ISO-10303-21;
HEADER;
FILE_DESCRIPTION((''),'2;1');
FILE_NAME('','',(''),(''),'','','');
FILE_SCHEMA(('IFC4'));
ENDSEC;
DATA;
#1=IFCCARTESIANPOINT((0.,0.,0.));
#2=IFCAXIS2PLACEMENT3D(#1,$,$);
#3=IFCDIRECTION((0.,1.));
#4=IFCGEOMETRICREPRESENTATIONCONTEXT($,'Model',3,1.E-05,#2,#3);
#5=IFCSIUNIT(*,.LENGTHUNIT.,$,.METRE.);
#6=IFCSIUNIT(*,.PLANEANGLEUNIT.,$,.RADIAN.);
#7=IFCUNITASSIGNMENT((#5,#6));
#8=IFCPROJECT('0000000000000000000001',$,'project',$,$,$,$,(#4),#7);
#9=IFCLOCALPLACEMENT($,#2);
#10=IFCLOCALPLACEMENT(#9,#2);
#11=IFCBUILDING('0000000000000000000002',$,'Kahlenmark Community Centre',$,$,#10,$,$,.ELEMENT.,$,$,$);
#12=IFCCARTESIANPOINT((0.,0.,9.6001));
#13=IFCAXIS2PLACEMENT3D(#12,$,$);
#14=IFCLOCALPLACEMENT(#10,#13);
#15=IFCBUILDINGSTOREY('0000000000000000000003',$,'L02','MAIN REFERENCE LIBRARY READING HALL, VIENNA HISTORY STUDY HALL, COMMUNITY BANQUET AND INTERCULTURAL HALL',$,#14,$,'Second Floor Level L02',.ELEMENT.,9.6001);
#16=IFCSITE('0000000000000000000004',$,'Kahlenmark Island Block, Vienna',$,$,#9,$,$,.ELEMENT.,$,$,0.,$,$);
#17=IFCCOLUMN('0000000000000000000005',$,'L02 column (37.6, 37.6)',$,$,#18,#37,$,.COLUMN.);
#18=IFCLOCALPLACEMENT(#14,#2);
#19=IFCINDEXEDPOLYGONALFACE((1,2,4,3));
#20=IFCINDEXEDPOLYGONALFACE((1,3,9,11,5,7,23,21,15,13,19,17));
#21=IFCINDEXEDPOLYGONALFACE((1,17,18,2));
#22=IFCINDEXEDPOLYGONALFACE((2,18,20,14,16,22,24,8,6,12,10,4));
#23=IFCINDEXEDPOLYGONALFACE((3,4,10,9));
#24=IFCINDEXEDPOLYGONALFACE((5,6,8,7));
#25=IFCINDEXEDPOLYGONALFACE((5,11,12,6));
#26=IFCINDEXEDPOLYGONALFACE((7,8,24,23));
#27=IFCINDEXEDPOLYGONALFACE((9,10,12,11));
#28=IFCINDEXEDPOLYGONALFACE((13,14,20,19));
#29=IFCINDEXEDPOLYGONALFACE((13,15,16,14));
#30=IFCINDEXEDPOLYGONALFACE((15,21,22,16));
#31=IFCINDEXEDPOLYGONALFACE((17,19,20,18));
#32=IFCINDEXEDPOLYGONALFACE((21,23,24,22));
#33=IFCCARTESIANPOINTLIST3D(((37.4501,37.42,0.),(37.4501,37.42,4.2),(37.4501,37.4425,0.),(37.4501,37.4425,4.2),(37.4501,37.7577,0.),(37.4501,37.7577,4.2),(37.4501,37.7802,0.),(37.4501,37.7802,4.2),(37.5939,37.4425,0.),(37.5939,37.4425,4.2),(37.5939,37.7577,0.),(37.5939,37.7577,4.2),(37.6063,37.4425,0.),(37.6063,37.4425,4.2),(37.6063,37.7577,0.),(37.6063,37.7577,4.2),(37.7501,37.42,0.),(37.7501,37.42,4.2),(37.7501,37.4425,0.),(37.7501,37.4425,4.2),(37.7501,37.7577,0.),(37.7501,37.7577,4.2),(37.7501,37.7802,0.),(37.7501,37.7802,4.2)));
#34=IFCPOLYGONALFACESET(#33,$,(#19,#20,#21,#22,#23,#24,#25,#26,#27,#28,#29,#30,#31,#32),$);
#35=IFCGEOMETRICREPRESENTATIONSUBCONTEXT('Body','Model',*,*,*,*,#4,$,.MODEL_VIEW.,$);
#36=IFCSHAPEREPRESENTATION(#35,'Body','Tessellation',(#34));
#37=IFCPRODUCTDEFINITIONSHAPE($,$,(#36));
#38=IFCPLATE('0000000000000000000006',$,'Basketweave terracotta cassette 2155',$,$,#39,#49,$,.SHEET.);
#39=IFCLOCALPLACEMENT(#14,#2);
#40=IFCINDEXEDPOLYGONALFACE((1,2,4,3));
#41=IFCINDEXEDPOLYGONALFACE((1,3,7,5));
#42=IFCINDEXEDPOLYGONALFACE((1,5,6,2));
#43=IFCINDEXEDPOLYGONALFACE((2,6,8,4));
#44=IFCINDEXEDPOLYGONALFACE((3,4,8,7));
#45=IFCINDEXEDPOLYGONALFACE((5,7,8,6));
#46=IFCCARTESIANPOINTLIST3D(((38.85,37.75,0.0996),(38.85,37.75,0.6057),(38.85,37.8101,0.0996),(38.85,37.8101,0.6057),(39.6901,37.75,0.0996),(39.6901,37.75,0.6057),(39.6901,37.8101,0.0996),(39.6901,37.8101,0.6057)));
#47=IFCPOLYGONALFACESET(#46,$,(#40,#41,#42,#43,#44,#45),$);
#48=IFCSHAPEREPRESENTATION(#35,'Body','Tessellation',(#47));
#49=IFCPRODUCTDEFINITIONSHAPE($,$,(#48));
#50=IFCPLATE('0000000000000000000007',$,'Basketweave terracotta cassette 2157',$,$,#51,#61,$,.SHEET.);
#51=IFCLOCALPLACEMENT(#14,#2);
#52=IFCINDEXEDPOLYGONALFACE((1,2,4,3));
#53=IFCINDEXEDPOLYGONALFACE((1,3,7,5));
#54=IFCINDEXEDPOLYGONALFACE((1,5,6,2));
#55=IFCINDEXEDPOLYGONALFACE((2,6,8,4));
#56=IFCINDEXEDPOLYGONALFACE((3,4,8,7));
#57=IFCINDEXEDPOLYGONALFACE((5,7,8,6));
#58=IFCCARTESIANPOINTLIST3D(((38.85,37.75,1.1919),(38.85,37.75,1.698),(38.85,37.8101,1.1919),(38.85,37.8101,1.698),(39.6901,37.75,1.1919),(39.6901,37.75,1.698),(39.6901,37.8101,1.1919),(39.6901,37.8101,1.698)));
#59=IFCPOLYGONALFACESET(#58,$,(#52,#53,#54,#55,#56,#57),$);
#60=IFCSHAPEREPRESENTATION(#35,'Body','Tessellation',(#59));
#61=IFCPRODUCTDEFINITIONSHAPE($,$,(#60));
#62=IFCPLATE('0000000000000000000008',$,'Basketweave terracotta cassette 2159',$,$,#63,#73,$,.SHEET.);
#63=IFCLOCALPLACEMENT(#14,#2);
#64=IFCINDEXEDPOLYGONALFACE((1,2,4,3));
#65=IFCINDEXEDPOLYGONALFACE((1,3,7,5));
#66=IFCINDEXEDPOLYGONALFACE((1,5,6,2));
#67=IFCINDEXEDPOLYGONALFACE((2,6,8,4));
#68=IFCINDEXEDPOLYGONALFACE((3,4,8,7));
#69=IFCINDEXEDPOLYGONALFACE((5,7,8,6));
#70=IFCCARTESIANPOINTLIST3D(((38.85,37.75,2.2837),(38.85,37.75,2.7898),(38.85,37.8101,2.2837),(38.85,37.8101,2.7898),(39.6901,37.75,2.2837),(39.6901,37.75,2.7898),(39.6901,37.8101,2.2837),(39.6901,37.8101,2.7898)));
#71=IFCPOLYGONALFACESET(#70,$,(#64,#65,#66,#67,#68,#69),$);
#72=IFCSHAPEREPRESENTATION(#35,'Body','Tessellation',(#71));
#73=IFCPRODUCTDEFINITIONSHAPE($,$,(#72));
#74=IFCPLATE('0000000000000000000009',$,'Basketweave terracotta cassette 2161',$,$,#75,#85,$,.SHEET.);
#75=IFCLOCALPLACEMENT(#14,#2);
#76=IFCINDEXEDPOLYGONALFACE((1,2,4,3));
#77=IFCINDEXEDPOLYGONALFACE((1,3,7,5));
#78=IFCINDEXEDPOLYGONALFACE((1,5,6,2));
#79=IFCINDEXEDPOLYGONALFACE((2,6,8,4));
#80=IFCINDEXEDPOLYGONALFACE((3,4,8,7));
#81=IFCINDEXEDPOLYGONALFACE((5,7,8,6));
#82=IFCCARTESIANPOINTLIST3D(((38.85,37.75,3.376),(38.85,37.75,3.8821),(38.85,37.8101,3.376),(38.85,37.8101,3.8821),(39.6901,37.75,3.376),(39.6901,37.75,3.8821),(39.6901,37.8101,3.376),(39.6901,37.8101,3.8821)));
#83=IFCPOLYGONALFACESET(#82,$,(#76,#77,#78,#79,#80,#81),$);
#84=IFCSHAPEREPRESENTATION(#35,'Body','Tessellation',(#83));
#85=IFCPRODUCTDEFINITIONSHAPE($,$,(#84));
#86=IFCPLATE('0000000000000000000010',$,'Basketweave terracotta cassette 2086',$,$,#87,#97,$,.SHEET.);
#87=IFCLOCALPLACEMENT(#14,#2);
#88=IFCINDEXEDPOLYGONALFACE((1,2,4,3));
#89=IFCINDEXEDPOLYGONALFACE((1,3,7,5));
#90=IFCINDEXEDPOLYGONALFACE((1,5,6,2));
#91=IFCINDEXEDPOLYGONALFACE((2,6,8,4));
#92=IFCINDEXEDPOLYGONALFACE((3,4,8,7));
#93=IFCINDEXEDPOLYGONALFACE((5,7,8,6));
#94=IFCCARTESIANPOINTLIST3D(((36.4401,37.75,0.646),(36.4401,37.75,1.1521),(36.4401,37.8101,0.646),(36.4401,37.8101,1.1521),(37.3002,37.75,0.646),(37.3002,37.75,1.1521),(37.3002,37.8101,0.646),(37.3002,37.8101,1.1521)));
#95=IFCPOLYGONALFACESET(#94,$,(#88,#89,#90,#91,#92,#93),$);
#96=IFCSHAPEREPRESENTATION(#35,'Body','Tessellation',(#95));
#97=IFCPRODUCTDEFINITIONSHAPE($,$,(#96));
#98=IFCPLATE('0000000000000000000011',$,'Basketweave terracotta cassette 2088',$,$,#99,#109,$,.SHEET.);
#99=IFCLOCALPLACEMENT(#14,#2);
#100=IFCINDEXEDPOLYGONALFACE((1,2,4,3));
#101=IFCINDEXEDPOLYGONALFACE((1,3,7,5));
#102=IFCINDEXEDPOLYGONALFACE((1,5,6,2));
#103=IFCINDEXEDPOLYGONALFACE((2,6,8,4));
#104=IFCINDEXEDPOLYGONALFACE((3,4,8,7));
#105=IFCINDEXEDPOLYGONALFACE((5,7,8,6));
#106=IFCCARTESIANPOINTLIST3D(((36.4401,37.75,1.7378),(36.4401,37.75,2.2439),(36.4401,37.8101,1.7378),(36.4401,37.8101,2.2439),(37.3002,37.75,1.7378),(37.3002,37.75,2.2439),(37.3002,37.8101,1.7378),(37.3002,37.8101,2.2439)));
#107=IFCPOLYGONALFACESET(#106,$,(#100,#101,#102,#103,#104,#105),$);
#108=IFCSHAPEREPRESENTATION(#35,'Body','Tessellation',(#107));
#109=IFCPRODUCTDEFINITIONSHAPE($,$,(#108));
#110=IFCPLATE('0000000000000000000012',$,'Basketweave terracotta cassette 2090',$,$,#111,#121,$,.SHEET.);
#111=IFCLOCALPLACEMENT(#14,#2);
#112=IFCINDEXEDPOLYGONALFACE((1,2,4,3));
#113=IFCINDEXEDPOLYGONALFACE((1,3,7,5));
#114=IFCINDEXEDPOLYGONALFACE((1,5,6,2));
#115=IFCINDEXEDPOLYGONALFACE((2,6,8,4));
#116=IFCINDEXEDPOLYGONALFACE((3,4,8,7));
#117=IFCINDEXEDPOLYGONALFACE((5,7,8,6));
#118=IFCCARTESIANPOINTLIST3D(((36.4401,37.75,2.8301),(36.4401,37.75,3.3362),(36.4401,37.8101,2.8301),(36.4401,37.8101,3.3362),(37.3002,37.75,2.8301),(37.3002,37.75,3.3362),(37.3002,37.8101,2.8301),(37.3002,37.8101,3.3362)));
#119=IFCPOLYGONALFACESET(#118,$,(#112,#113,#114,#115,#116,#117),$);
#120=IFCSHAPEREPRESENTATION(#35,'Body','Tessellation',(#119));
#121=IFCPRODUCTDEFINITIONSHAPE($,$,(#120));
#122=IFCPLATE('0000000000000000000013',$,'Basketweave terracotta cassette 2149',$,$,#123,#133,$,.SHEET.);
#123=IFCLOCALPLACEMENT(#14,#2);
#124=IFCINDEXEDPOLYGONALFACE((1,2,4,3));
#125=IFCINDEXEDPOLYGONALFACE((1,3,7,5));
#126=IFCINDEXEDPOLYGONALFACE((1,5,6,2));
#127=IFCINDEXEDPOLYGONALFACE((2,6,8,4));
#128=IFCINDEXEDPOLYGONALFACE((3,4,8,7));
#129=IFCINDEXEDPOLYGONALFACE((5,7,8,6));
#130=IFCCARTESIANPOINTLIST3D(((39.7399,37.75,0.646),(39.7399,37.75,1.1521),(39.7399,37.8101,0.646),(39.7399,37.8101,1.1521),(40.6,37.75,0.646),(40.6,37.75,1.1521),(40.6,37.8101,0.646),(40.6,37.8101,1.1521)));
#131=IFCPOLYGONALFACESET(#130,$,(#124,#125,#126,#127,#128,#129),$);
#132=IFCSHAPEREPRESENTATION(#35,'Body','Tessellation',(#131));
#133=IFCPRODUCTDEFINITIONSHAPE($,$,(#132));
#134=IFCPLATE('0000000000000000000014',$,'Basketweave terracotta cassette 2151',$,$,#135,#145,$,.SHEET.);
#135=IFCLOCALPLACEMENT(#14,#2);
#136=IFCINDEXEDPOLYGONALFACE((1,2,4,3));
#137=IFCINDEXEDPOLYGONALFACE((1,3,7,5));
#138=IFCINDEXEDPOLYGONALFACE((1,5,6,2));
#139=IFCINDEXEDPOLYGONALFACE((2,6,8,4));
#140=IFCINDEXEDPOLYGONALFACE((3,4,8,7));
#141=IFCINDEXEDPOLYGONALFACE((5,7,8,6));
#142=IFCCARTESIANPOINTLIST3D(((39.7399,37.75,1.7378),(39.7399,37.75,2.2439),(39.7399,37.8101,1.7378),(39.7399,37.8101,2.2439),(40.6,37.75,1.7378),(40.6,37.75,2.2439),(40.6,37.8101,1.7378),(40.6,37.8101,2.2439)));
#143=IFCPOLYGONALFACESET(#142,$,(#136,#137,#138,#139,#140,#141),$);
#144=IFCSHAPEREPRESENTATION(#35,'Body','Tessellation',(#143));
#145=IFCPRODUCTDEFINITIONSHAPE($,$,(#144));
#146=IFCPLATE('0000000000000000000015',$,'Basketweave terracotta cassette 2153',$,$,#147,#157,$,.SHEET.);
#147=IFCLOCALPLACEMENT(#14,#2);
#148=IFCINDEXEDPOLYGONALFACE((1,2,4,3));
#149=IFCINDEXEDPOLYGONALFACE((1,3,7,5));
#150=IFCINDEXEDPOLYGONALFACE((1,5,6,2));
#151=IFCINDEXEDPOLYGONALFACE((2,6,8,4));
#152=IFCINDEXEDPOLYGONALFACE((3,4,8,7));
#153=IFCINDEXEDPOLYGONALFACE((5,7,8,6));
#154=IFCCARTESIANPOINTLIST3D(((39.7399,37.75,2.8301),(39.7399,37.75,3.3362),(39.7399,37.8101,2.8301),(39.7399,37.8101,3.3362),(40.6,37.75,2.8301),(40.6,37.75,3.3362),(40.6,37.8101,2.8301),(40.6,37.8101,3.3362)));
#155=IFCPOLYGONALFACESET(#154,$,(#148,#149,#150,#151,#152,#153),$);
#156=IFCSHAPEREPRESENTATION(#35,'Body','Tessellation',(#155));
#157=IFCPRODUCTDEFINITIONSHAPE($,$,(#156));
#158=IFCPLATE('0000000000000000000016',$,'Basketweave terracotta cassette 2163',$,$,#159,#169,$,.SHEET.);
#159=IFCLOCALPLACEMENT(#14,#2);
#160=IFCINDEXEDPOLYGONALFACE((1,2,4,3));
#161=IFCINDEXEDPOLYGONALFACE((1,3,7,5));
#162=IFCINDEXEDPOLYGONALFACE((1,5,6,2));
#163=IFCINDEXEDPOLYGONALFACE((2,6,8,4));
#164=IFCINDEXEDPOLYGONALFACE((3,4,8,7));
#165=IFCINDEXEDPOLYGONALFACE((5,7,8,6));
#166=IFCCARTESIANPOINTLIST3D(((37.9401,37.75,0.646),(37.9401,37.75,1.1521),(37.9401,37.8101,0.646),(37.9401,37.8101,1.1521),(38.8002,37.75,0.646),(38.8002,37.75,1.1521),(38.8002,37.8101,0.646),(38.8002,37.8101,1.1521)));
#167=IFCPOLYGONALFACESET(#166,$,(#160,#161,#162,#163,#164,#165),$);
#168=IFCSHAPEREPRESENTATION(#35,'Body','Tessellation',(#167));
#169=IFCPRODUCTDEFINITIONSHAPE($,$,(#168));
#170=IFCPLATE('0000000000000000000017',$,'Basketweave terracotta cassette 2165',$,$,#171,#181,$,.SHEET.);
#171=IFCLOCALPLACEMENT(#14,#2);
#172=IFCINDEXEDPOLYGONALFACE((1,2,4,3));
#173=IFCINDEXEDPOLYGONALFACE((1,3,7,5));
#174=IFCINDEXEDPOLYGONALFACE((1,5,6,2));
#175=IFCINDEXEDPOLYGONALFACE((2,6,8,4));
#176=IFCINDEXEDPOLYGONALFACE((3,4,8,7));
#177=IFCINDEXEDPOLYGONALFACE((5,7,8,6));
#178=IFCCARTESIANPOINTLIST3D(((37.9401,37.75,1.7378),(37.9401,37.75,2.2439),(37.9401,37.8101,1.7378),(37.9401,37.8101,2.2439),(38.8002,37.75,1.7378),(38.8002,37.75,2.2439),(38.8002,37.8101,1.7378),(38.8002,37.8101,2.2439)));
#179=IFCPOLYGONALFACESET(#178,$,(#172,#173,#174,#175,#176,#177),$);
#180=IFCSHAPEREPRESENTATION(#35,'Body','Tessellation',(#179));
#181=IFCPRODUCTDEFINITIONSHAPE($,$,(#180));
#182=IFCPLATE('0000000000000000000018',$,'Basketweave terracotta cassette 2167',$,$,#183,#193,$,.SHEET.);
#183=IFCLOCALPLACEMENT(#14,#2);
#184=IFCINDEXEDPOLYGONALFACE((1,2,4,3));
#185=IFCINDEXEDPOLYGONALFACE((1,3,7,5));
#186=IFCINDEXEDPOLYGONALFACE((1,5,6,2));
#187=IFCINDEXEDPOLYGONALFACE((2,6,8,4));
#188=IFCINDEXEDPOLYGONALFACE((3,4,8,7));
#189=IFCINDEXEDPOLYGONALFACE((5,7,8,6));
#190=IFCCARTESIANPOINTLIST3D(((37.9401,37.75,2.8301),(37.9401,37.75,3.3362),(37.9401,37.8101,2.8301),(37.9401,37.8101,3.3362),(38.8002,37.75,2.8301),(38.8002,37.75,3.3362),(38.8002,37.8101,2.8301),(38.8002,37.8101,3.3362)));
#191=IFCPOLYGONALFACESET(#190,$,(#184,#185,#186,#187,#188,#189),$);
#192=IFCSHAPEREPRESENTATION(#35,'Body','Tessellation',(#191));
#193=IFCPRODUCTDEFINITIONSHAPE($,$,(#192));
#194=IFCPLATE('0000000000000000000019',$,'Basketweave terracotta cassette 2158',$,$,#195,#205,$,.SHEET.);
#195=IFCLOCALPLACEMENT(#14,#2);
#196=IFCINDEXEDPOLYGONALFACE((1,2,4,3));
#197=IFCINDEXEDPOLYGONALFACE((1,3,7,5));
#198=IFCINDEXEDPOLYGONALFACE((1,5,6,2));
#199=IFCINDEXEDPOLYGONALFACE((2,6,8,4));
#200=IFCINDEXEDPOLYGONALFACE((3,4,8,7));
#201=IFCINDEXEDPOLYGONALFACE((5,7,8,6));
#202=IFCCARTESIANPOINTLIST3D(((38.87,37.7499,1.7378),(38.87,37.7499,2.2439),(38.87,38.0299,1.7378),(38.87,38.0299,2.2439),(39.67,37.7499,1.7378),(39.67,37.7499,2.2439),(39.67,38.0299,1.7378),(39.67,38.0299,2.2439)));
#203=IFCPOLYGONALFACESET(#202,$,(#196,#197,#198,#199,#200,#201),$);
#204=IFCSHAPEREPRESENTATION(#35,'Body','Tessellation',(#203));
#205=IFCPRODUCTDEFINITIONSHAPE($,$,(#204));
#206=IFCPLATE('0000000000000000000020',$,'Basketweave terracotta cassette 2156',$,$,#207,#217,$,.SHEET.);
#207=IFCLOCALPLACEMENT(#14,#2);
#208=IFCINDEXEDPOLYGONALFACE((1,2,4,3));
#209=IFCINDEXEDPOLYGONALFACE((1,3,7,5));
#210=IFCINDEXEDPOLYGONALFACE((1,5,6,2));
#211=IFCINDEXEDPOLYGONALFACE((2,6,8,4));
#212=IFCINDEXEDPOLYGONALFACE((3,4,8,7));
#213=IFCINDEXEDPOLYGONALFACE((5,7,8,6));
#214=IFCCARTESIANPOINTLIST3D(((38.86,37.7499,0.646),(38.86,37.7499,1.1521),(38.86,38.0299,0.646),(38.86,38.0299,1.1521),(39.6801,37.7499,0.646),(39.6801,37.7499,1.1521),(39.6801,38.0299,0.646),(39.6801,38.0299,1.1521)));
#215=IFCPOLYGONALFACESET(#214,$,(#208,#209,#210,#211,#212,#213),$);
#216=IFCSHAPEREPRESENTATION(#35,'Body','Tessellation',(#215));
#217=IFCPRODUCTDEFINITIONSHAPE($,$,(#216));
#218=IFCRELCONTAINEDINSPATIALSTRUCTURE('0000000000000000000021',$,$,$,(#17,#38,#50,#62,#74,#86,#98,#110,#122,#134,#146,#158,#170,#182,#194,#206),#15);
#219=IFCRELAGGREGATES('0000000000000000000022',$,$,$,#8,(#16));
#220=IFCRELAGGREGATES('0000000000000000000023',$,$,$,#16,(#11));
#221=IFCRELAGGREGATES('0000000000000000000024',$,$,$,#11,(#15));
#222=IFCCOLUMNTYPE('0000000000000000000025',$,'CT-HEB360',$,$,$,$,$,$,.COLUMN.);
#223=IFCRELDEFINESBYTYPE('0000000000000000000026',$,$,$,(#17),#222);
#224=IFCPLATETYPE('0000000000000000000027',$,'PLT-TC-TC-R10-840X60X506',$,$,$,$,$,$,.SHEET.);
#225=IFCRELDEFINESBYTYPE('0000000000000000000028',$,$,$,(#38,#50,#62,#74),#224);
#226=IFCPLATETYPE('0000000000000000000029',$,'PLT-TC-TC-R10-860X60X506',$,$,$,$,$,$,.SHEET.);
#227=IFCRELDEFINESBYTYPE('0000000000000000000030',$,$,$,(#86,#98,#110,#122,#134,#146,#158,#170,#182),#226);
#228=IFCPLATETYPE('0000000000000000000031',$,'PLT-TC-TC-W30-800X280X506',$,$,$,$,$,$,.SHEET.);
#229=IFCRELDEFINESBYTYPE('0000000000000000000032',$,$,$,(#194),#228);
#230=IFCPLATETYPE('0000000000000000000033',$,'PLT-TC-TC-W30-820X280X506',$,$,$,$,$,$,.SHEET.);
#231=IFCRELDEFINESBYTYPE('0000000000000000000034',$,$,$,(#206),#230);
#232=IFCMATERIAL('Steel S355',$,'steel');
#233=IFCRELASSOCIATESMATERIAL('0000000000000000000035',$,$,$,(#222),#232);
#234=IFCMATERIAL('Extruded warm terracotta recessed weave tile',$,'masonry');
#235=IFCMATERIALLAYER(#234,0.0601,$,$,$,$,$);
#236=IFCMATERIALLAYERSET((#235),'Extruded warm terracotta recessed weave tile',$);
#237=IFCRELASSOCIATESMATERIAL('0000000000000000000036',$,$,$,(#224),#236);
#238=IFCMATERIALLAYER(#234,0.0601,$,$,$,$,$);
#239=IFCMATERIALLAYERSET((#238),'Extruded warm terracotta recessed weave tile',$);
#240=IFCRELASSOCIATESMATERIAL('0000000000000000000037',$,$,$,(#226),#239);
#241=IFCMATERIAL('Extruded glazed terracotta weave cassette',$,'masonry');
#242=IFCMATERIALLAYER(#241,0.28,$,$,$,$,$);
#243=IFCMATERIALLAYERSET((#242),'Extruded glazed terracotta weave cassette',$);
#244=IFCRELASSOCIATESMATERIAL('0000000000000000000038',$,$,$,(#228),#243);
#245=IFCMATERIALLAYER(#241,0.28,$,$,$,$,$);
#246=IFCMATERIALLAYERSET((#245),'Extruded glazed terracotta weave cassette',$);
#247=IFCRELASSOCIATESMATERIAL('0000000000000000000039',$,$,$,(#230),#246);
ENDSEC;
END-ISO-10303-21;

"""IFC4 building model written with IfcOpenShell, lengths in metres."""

from ifc_helpers import new_model, si_unit, direction, frame, origin, origin_2d, place, context, subcontext, project, spatial, rectangle, i_section, extrude, material, layer, layer_set, material_profile, profile_set, type_object, element, save


model = new_model("IFC4")

# Units and contexts
model_context = context("Model", 3, precision=1e-05, world=origin(), true_north=direction((0.0, 1.0)))
body_context = subcontext(model_context, "Body", "Model", "MODEL_VIEW")
ifc_project = project(units=[si_unit("LENGTHUNIT", "METRE"), si_unit("PLANEANGLEUNIT", "RADIAN")], contexts=[model_context])

# Site, building, storey
site_placement = place(None, origin())
site = spatial("IfcSite", under=ifc_project, at=site_placement, Name="Kahlenmark Island Block, Vienna", CompositionType="ELEMENT", RefElevation=0.0)
building_placement = place(site_placement, origin())
building = spatial("IfcBuilding", under=site, at=building_placement, Name="Kahlenmark Community Centre", CompositionType="ELEMENT")
storey_placement = place(building_placement, frame((0.0, 0.0, 9.6001)))
storey = spatial("IfcBuildingStorey", under=building, at=storey_placement, Name="L02", Description="MAIN REFERENCE LIBRARY READING HALL, VIENNA HISTORY STUDY HALL, COMMUNITY BANQUET AND INTERCULTURAL HALL", LongName="Second Floor Level L02", CompositionType="ELEMENT", Elevation=9.6001)

# Column
ifc_material_1 = material(Name="Steel S355", Category="steel")
ifc_material_profile = material_profile(ifc_material_1, i_section(OverallWidth=0.3, OverallDepth=0.3601, WebThickness=0.0125, FlangeThickness=0.0225, at=origin_2d()), Name="HEB 360")
ifc_profile_set = profile_set([ifc_material_profile], Name="Steel S355")
column_type = type_object("IfcColumnType", Name="CT-HEB360", PredefinedType="COLUMN", material=ifc_profile_set)
column_placement = place(storey_placement, frame((37.6001, 37.6001, 0.0), z_axis=(0.0, 0.0, 1.0), x_axis=(1.0, 0.0, 0.0)))
element("IfcColumn", 1, at=column_placement, inside=storey, type_object=column_type, Name="L02 column (37.6, 37.6)", PredefinedType="COLUMN", context=body_context, shape_type="SweptSolid", body=[
    extrude(i_section(OverallWidth=0.3, OverallDepth=0.3601, WebThickness=0.0125, FlangeThickness=0.0225, at=origin_2d()), origin(), (0.0, 0.0, 1.0), 4.2),
])

# Plates
ifc_material_2 = material(Name="Extruded warm terracotta recessed weave tile", Category="masonry")
ifc_layer_1 = layer(ifc_material_2, 0.0601)
ifc_layer_set_1 = layer_set([ifc_layer_1], Name="Extruded warm terracotta recessed weave tile")
plate_type_1 = type_object("IfcPlateType", Name="PLT-TC-TC-R10-840X60X506", PredefinedType="SHEET", material=ifc_layer_set_1)
for number, where, z_axis, x_axis, name in (
    (2, (39.27, 37.78, 0.0996), (0.0, 0.0, 1.0), (-1.0, 0.0, 0.0), "Basketweave terracotta cassette 2155"),
    (3, (39.27, 37.78, 1.1919), (0.0, 0.0, 1.0), (-1.0, 0.0, 0.0), "Basketweave terracotta cassette 2157"),
    (4, (39.27, 37.78, 2.2837), (0.0, 0.0, 1.0), (-1.0, 0.0, 0.0), "Basketweave terracotta cassette 2159"),
    (5, (39.27, 37.78, 3.376), (0.0, 0.0, 1.0), (-1.0, 0.0, 0.0), "Basketweave terracotta cassette 2161"),
):
    element("IfcPlate", number, at=place(storey_placement, frame(where, z_axis=z_axis, x_axis=x_axis)), inside=storey, type_object=plate_type_1, Name=name, PredefinedType="SHEET", context=body_context, shape_type="SweptSolid", body=[
        extrude(rectangle(XDim=0.8401, YDim=0.0601, at=origin_2d()), origin(), (0.0, 0.0, 1.0), 0.5061),
    ])
ifc_layer_2 = layer(ifc_material_2, 0.0601)
ifc_layer_set_2 = layer_set([ifc_layer_2], Name="Extruded warm terracotta recessed weave tile")
plate_type_2 = type_object("IfcPlateType", Name="PLT-TC-TC-R10-860X60X506", PredefinedType="SHEET", material=ifc_layer_set_2)
for number, where, z_axis, x_axis, name in (
    (6, (36.8701, 37.78, 0.646), (0.0, 0.0, 1.0), (-1.0, 0.0, 0.0), "Basketweave terracotta cassette 2086"),
    (7, (36.8701, 37.78, 1.7378), (0.0, 0.0, 1.0), (-1.0, 0.0, 0.0), "Basketweave terracotta cassette 2088"),
    (8, (36.8701, 37.78, 2.8301), (0.0, 0.0, 1.0), (-1.0, 0.0, 0.0), "Basketweave terracotta cassette 2090"),
    (9, (40.1699, 37.78, 0.646), (0.0, 0.0, 1.0), (-1.0, 0.0, 0.0), "Basketweave terracotta cassette 2149"),
    (10, (40.1699, 37.78, 1.7378), (0.0, 0.0, 1.0), (-1.0, 0.0, 0.0), "Basketweave terracotta cassette 2151"),
    (11, (40.1699, 37.78, 2.8301), (0.0, 0.0, 1.0), (-1.0, 0.0, 0.0), "Basketweave terracotta cassette 2153"),
    (12, (38.3701, 37.78, 0.646), (0.0, 0.0, 1.0), (-1.0, 0.0, 0.0), "Basketweave terracotta cassette 2163"),
    (13, (38.3701, 37.78, 1.7378), (0.0, 0.0, 1.0), (-1.0, 0.0, 0.0), "Basketweave terracotta cassette 2165"),
    (14, (38.3701, 37.78, 2.8301), (0.0, 0.0, 1.0), (-1.0, 0.0, 0.0), "Basketweave terracotta cassette 2167"),
):
    element("IfcPlate", number, at=place(storey_placement, frame(where, z_axis=z_axis, x_axis=x_axis)), inside=storey, type_object=plate_type_2, Name=name, PredefinedType="SHEET", context=body_context, shape_type="SweptSolid", body=[
        extrude(rectangle(XDim=0.8601, YDim=0.0601, at=origin_2d()), origin(), (0.0, 0.0, 1.0), 0.5061),
    ])
ifc_material_3 = material(Name="Extruded glazed terracotta weave cassette", Category="masonry")
ifc_layer_3 = layer(ifc_material_3, 0.28)
ifc_layer_set_3 = layer_set([ifc_layer_3], Name="Extruded glazed terracotta weave cassette")
plate_type_3 = type_object("IfcPlateType", Name="PLT-TC-TC-W30-800X280X506", PredefinedType="SHEET", material=ifc_layer_set_3)
plate_1_placement = place(storey_placement, frame((39.27, 37.8899, 1.7378), z_axis=(0.0, 0.0, 1.0), x_axis=(-1.0, 0.0, 0.0)))
element("IfcPlate", 15, at=plate_1_placement, inside=storey, type_object=plate_type_3, Name="Basketweave terracotta cassette 2158", PredefinedType="SHEET", context=body_context, shape_type="SweptSolid", body=[
    extrude(rectangle(XDim=0.8, YDim=0.28, at=origin_2d()), origin(), (0.0, 0.0, 1.0), 0.5061),
])
ifc_layer_4 = layer(ifc_material_3, 0.28)
ifc_layer_set_4 = layer_set([ifc_layer_4], Name="Extruded glazed terracotta weave cassette")
plate_type_4 = type_object("IfcPlateType", Name="PLT-TC-TC-W30-820X280X506", PredefinedType="SHEET", material=ifc_layer_set_4)
plate_2_placement = place(storey_placement, frame((39.27, 37.8899, 0.646), z_axis=(0.0, 0.0, 1.0), x_axis=(-1.0, 0.0, 0.0)))
element("IfcPlate", 16, at=plate_2_placement, inside=storey, type_object=plate_type_4, Name="Basketweave terracotta cassette 2156", PredefinedType="SHEET", context=body_context, shape_type="SweptSolid", body=[
    extrude(rectangle(XDim=0.8201, YDim=0.28, at=origin_2d()), origin(), (0.0, 0.0, 1.0), 0.5061),
])

save(model, "model.ifc")
